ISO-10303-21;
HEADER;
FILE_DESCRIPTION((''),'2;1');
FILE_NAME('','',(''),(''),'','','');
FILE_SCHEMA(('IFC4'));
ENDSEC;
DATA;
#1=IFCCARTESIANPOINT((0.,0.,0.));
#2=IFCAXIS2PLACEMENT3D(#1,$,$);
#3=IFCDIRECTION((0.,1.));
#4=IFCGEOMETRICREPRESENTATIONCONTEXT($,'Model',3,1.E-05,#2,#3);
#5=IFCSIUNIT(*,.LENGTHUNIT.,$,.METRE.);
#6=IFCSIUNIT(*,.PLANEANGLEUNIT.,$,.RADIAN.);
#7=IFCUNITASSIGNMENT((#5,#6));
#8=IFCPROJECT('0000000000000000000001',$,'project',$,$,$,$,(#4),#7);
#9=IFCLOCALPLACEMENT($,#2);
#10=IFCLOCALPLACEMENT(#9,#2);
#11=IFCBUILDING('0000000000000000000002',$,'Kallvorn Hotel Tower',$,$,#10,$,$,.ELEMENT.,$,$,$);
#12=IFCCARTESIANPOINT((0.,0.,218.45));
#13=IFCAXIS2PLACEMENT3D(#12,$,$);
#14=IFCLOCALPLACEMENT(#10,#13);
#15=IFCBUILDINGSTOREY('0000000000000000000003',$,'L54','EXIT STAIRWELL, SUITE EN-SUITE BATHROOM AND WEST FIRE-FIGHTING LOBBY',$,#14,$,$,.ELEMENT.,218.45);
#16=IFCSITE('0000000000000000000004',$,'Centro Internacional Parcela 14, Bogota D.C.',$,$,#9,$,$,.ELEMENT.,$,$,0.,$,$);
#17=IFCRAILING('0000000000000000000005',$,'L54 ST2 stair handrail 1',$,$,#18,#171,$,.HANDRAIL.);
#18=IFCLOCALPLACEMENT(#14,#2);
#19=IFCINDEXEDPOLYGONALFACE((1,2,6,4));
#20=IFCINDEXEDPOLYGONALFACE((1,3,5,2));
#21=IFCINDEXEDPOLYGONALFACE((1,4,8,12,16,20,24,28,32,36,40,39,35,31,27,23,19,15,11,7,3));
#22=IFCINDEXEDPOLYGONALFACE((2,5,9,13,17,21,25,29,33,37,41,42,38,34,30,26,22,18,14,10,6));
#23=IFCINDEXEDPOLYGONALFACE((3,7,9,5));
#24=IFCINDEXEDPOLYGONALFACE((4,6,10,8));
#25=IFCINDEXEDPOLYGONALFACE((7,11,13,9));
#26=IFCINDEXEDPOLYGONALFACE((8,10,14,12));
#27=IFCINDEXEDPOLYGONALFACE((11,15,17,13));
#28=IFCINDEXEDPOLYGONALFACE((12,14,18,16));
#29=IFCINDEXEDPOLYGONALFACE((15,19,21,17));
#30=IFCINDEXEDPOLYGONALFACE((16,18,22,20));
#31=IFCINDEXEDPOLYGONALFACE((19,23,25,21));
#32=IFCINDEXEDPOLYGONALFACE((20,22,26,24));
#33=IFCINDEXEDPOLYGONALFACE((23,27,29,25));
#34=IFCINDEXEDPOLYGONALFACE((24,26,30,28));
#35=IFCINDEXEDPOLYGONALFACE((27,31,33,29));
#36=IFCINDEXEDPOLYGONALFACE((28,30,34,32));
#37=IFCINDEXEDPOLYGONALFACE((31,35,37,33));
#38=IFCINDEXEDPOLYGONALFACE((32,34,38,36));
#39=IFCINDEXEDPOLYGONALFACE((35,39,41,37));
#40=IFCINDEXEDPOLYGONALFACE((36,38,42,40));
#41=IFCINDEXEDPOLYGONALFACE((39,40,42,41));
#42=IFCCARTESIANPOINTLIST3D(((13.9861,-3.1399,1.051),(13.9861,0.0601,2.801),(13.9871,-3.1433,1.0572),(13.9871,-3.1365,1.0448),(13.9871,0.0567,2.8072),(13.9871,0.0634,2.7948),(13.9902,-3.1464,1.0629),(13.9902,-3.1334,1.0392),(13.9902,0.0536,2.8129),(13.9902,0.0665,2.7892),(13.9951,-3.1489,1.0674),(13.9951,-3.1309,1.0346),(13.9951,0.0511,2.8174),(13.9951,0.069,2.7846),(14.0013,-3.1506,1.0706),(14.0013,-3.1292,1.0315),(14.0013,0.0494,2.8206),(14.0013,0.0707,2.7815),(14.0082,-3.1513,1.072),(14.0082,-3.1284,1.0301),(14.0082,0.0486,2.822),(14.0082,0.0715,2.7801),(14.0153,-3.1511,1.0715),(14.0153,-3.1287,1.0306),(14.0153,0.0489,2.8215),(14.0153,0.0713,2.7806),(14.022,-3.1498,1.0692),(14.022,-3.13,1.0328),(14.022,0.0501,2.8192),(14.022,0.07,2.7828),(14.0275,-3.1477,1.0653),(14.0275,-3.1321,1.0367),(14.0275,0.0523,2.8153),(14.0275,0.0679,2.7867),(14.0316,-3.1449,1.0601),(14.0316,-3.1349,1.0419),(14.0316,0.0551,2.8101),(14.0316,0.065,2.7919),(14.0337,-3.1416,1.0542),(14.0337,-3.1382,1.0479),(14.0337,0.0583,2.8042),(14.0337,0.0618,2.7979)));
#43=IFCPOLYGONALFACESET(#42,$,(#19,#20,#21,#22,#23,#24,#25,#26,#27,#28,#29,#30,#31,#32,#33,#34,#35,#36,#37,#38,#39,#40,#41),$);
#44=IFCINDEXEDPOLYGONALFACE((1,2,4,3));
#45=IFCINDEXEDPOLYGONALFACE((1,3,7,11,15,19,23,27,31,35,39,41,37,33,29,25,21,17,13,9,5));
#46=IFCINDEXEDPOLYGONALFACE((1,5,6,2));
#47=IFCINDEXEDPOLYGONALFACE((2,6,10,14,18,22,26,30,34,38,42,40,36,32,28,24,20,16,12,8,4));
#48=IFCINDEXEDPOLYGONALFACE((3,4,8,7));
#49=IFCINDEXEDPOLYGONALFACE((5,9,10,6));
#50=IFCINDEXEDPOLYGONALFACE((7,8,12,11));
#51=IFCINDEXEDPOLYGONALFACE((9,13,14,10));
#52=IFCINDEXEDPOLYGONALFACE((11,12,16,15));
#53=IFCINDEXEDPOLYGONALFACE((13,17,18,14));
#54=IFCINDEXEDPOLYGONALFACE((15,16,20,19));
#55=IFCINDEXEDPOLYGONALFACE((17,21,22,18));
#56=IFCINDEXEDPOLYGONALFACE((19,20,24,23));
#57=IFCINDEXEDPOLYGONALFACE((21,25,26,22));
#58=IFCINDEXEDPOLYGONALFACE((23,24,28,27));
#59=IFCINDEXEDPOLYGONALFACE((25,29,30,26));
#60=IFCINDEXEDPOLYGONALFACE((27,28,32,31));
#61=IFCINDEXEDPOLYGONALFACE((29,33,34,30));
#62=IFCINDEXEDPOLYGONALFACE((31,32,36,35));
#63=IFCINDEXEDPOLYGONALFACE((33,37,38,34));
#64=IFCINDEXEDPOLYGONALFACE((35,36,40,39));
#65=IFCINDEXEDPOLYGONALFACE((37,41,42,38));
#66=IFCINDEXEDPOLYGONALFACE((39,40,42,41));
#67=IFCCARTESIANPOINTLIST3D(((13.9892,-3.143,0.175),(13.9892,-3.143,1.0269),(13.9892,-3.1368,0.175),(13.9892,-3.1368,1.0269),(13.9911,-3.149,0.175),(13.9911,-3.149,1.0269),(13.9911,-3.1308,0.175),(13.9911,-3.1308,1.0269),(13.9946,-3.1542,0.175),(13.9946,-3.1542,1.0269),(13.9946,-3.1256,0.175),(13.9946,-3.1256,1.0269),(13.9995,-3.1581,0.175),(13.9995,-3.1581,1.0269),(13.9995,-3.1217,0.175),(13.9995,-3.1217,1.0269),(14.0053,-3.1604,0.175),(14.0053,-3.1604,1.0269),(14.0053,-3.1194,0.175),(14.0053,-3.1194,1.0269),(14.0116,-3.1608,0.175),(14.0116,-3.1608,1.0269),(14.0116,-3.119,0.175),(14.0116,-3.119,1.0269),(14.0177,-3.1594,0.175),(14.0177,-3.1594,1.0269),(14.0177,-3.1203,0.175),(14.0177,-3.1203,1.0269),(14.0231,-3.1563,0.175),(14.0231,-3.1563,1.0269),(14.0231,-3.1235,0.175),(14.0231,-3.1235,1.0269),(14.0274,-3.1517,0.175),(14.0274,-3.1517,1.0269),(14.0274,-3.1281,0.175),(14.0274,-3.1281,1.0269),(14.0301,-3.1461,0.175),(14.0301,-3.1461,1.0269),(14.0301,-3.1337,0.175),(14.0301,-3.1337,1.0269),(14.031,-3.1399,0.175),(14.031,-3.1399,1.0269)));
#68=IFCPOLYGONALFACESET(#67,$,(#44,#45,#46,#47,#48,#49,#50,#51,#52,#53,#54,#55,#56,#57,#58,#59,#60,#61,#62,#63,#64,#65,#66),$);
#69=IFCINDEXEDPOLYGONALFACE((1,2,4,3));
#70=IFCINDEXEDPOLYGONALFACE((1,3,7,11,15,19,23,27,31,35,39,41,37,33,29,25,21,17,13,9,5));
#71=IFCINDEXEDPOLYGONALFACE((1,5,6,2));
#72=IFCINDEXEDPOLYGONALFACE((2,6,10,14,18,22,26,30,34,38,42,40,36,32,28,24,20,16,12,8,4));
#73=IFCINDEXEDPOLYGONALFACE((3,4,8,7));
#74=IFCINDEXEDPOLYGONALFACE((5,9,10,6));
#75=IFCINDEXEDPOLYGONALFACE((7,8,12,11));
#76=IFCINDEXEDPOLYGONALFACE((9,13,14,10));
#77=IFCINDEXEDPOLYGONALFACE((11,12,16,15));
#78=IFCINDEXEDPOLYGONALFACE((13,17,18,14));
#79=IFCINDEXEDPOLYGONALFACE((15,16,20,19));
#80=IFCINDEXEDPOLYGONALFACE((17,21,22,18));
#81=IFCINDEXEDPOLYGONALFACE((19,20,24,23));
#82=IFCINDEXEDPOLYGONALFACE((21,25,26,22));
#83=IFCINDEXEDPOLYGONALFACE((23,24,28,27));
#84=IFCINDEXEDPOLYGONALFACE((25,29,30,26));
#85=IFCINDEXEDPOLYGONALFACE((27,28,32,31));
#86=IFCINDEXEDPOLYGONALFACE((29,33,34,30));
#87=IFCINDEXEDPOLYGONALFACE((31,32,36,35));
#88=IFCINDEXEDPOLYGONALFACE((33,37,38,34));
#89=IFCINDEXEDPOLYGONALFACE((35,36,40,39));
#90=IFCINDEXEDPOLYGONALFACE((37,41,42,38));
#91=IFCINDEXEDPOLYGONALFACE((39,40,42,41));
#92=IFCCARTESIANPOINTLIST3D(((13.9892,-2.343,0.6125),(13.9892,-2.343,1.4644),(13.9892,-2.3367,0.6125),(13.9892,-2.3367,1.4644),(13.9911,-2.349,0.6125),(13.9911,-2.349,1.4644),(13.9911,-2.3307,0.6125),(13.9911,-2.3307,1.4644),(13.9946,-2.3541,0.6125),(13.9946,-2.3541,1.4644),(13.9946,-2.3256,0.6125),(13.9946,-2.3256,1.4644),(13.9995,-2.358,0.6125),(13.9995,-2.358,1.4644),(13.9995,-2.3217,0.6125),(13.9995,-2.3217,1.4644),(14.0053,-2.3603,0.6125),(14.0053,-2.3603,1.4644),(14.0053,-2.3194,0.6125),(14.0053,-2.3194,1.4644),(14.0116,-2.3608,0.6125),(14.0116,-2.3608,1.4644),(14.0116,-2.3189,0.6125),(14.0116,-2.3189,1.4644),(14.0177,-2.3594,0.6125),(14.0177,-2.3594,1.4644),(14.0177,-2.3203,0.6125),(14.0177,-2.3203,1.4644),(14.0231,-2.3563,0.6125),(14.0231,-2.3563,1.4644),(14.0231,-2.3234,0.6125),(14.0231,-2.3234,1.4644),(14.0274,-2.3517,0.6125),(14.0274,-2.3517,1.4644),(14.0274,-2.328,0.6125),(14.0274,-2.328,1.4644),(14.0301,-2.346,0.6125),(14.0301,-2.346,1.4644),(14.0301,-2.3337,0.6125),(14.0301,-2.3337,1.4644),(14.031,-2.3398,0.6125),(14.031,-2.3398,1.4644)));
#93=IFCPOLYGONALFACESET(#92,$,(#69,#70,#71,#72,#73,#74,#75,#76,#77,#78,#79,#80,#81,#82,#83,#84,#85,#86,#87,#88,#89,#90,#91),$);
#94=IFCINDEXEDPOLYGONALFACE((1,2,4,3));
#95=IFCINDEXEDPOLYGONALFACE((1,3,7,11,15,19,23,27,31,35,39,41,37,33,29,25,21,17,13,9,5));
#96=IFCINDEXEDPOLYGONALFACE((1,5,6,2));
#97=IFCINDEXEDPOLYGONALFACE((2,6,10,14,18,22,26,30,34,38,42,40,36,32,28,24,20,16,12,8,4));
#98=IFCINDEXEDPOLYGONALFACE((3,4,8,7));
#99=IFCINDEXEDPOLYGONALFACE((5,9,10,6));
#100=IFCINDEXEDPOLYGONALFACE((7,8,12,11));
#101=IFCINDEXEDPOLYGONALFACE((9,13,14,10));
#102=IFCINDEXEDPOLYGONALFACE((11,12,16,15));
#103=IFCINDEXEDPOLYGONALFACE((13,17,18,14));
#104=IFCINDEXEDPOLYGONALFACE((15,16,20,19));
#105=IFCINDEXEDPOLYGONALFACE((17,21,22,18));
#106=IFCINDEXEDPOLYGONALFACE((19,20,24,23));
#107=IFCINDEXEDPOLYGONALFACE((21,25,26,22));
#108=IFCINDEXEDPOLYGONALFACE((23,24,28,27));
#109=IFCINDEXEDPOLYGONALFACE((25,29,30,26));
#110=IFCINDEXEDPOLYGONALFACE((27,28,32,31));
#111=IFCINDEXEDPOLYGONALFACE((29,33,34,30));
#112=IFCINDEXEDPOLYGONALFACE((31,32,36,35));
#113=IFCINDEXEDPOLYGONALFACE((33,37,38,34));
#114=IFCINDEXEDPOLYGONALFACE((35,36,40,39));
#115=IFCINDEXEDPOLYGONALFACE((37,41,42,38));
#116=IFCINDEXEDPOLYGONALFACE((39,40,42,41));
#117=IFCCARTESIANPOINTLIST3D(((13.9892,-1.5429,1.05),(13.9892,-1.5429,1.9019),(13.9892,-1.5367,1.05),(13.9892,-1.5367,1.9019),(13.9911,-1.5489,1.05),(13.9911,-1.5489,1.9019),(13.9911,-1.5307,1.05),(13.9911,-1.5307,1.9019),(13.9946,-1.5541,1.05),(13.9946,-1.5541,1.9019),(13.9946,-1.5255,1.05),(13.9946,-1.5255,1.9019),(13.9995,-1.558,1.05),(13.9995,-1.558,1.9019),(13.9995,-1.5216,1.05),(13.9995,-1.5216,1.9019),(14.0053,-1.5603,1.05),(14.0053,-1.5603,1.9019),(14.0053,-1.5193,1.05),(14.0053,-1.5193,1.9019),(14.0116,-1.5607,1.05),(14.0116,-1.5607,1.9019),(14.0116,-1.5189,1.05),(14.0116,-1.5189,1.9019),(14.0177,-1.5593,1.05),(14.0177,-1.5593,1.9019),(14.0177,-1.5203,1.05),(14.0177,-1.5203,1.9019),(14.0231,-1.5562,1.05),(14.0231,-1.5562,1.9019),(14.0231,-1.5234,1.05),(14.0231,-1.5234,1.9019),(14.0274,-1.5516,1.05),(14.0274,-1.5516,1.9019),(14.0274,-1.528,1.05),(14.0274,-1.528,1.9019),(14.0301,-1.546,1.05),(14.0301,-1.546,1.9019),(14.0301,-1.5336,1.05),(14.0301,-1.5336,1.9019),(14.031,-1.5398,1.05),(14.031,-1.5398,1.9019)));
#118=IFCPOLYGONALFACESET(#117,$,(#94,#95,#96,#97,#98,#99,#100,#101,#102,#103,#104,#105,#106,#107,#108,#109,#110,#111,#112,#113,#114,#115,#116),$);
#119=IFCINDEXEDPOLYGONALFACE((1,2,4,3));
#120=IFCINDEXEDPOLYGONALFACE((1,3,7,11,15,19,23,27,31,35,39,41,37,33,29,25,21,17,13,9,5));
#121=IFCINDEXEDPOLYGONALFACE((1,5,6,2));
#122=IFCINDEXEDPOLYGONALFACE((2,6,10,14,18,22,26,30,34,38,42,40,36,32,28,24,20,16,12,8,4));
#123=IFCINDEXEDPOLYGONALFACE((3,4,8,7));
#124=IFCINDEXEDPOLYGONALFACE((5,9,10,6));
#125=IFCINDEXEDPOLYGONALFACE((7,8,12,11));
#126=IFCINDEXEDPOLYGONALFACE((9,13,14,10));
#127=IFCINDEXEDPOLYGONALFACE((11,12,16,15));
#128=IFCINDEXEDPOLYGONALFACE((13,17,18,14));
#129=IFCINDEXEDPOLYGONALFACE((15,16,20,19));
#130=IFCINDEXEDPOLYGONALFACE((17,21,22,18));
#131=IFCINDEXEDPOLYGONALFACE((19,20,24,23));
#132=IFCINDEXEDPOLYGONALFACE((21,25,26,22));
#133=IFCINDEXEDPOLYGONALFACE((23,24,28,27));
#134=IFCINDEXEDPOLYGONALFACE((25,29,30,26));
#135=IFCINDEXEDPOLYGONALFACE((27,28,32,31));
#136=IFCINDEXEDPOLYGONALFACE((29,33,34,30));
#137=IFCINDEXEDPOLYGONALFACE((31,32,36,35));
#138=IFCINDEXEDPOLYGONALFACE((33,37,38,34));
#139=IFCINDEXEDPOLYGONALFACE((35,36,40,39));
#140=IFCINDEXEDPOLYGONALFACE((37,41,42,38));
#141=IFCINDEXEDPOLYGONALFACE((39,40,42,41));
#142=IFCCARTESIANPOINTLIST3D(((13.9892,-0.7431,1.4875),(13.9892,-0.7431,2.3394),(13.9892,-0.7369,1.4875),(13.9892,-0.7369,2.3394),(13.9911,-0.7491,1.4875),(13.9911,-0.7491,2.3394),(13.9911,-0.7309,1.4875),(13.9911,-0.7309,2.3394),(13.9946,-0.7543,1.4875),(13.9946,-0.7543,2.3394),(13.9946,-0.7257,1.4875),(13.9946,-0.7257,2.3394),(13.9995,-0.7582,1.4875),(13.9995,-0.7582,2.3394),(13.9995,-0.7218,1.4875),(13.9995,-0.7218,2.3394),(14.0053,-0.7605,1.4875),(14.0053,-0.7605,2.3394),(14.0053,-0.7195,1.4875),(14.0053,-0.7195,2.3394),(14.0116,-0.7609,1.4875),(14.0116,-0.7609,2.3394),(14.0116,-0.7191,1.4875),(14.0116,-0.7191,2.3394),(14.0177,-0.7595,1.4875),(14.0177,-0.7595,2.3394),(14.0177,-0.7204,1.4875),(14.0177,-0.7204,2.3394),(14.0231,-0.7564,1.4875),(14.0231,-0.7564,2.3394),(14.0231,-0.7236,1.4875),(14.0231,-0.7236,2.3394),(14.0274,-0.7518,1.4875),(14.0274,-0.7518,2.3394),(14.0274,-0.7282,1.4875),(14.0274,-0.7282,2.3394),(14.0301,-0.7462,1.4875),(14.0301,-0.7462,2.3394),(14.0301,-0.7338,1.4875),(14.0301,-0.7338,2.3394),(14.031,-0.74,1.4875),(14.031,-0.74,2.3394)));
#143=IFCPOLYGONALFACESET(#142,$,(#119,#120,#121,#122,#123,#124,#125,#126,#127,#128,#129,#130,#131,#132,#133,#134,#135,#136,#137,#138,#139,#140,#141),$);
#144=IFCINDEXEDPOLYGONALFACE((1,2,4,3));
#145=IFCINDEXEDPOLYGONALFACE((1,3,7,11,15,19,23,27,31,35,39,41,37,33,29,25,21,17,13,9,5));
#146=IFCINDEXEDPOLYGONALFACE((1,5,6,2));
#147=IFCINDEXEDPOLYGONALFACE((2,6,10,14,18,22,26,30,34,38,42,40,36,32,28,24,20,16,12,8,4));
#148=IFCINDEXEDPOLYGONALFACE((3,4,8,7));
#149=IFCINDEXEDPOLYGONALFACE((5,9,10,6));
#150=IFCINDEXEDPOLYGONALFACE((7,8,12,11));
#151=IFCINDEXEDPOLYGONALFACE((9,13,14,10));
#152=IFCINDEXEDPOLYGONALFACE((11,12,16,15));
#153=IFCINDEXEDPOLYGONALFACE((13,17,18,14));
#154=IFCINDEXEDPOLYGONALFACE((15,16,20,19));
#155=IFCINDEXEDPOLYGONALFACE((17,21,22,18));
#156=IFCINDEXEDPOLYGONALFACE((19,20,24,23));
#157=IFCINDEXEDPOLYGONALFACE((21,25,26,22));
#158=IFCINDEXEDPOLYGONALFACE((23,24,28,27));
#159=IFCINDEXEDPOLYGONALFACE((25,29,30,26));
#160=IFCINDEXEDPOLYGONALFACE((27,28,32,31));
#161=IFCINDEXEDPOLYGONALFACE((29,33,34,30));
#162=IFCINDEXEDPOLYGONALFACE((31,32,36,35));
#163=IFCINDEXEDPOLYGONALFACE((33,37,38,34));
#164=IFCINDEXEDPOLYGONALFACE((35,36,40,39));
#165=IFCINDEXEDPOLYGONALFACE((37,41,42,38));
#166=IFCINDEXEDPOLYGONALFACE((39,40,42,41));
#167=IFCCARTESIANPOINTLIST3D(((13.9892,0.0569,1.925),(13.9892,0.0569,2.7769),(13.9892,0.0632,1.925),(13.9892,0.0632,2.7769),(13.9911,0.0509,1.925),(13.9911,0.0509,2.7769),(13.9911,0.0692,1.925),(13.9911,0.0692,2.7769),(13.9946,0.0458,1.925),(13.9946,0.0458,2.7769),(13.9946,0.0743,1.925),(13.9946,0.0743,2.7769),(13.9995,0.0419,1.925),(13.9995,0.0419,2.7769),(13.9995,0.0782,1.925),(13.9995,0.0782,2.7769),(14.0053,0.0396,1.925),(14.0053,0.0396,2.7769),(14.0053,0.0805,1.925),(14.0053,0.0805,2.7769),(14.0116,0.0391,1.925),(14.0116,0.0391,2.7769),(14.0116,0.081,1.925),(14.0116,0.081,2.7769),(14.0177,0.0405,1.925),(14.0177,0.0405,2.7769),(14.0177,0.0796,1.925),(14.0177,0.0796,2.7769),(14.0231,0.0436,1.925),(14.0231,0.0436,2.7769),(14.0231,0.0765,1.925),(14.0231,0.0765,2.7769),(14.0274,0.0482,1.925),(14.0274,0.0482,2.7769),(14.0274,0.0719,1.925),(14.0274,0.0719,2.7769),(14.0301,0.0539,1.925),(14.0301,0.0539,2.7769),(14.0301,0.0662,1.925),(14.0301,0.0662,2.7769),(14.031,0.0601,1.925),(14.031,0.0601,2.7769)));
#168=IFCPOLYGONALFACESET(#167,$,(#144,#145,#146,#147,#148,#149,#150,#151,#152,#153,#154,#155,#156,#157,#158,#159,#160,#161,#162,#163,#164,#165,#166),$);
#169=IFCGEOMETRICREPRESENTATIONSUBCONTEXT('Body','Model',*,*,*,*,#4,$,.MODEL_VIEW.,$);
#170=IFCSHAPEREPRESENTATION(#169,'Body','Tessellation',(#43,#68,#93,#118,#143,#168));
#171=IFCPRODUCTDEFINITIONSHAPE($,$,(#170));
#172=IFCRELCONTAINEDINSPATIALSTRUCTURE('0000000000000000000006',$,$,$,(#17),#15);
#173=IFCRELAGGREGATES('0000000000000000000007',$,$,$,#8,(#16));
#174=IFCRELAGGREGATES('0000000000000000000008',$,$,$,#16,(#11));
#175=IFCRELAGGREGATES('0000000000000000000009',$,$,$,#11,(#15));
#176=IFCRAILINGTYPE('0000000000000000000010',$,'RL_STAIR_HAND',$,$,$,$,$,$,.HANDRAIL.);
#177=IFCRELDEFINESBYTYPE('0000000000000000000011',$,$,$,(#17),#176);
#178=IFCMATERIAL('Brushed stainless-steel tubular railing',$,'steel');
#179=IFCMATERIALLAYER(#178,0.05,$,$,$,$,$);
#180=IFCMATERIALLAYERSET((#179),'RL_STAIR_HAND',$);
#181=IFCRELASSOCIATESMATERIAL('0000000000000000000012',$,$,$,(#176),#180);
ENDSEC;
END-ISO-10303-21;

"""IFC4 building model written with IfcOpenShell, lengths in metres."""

from ifc_helpers import new_model, si_unit, direction, frame, origin, origin_2d, place, context, subcontext, project, spatial, circle, extrude, material, layer, layer_set, type_object, element, save


model = new_model("IFC4")

# Units and contexts
model_context = context("Model", 3, precision=1e-05, world=origin(), true_north=direction((0.0, 1.0)))
body_context = subcontext(model_context, "Body", "Model", "MODEL_VIEW")
ifc_project = project(units=[si_unit("LENGTHUNIT", "METRE"), si_unit("PLANEANGLEUNIT", "RADIAN")], contexts=[model_context])

# Site, building, storey
site_placement = place(None, origin())
site = spatial("IfcSite", under=ifc_project, at=site_placement, Name="Centro Internacional Parcela 14, Bogota D.C.", CompositionType="ELEMENT", RefElevation=0.0)
building_placement = place(site_placement, origin())
building = spatial("IfcBuilding", under=site, at=building_placement, Name="Kallvorn Hotel Tower", CompositionType="ELEMENT")
storey_placement = place(building_placement, frame((0.0, 0.0, 218.45)))
storey = spatial("IfcBuildingStorey", under=building, at=storey_placement, Name="L54", Description="EXIT STAIRWELL, SUITE EN-SUITE BATHROOM AND WEST FIRE-FIGHTING LOBBY", CompositionType="ELEMENT", Elevation=218.45)

# Railing
ifc_material_1 = material(Name="Brushed stainless-steel tubular railing", Category="steel")
ifc_layer_1 = layer(ifc_material_1, 0.05)
ifc_layer_set_1 = layer_set([ifc_layer_1], Name="RL_STAIR_HAND")
railing_type_1 = type_object("IfcRailingType", Name="RL_STAIR_HAND", PredefinedType="HANDRAIL", material=ifc_layer_set_1)
railing_1_placement = place(storey_placement, frame((14.01, -3.1399, 0.175)))
element("IfcRailing", 1, at=railing_1_placement, inside=storey, type_object=railing_type_1, Name="L54 ST2 stair handrail 1", PredefinedType="HANDRAIL", context=body_context, shape_type="SweptSolid", body=[
    extrude(circle(Radius=0.0239, at=origin_2d()), frame((0.0, 0.0, 0.876), z_axis=(0.0, 0.877368, 0.479818), x_axis=(-1.0, 0.0, 0.0)), (0.0, 0.0, 1.0), 3.6472),
    extrude(circle(Radius=0.021, at=origin_2d()), origin(), (0.0, 0.0, 1.0), 0.8518),
    extrude(circle(Radius=0.021, at=origin_2d()), frame((0.0, 0.8, 0.4375)), (0.0, 0.0, 1.0), 0.8518),
    extrude(circle(Radius=0.021, at=origin_2d()), frame((0.0, 1.6001, 0.875)), (0.0, 0.0, 1.0), 0.8518),
    extrude(circle(Radius=0.021, at=origin_2d()), frame((0.0, 2.3999, 1.3125)), (0.0, 0.0, 1.0), 0.8518),
    extrude(circle(Radius=0.021, at=origin_2d()), frame((0.0, 3.2, 1.75)), (0.0, 0.0, 1.0), 0.8518),
])

save(model, "model.ifc")
